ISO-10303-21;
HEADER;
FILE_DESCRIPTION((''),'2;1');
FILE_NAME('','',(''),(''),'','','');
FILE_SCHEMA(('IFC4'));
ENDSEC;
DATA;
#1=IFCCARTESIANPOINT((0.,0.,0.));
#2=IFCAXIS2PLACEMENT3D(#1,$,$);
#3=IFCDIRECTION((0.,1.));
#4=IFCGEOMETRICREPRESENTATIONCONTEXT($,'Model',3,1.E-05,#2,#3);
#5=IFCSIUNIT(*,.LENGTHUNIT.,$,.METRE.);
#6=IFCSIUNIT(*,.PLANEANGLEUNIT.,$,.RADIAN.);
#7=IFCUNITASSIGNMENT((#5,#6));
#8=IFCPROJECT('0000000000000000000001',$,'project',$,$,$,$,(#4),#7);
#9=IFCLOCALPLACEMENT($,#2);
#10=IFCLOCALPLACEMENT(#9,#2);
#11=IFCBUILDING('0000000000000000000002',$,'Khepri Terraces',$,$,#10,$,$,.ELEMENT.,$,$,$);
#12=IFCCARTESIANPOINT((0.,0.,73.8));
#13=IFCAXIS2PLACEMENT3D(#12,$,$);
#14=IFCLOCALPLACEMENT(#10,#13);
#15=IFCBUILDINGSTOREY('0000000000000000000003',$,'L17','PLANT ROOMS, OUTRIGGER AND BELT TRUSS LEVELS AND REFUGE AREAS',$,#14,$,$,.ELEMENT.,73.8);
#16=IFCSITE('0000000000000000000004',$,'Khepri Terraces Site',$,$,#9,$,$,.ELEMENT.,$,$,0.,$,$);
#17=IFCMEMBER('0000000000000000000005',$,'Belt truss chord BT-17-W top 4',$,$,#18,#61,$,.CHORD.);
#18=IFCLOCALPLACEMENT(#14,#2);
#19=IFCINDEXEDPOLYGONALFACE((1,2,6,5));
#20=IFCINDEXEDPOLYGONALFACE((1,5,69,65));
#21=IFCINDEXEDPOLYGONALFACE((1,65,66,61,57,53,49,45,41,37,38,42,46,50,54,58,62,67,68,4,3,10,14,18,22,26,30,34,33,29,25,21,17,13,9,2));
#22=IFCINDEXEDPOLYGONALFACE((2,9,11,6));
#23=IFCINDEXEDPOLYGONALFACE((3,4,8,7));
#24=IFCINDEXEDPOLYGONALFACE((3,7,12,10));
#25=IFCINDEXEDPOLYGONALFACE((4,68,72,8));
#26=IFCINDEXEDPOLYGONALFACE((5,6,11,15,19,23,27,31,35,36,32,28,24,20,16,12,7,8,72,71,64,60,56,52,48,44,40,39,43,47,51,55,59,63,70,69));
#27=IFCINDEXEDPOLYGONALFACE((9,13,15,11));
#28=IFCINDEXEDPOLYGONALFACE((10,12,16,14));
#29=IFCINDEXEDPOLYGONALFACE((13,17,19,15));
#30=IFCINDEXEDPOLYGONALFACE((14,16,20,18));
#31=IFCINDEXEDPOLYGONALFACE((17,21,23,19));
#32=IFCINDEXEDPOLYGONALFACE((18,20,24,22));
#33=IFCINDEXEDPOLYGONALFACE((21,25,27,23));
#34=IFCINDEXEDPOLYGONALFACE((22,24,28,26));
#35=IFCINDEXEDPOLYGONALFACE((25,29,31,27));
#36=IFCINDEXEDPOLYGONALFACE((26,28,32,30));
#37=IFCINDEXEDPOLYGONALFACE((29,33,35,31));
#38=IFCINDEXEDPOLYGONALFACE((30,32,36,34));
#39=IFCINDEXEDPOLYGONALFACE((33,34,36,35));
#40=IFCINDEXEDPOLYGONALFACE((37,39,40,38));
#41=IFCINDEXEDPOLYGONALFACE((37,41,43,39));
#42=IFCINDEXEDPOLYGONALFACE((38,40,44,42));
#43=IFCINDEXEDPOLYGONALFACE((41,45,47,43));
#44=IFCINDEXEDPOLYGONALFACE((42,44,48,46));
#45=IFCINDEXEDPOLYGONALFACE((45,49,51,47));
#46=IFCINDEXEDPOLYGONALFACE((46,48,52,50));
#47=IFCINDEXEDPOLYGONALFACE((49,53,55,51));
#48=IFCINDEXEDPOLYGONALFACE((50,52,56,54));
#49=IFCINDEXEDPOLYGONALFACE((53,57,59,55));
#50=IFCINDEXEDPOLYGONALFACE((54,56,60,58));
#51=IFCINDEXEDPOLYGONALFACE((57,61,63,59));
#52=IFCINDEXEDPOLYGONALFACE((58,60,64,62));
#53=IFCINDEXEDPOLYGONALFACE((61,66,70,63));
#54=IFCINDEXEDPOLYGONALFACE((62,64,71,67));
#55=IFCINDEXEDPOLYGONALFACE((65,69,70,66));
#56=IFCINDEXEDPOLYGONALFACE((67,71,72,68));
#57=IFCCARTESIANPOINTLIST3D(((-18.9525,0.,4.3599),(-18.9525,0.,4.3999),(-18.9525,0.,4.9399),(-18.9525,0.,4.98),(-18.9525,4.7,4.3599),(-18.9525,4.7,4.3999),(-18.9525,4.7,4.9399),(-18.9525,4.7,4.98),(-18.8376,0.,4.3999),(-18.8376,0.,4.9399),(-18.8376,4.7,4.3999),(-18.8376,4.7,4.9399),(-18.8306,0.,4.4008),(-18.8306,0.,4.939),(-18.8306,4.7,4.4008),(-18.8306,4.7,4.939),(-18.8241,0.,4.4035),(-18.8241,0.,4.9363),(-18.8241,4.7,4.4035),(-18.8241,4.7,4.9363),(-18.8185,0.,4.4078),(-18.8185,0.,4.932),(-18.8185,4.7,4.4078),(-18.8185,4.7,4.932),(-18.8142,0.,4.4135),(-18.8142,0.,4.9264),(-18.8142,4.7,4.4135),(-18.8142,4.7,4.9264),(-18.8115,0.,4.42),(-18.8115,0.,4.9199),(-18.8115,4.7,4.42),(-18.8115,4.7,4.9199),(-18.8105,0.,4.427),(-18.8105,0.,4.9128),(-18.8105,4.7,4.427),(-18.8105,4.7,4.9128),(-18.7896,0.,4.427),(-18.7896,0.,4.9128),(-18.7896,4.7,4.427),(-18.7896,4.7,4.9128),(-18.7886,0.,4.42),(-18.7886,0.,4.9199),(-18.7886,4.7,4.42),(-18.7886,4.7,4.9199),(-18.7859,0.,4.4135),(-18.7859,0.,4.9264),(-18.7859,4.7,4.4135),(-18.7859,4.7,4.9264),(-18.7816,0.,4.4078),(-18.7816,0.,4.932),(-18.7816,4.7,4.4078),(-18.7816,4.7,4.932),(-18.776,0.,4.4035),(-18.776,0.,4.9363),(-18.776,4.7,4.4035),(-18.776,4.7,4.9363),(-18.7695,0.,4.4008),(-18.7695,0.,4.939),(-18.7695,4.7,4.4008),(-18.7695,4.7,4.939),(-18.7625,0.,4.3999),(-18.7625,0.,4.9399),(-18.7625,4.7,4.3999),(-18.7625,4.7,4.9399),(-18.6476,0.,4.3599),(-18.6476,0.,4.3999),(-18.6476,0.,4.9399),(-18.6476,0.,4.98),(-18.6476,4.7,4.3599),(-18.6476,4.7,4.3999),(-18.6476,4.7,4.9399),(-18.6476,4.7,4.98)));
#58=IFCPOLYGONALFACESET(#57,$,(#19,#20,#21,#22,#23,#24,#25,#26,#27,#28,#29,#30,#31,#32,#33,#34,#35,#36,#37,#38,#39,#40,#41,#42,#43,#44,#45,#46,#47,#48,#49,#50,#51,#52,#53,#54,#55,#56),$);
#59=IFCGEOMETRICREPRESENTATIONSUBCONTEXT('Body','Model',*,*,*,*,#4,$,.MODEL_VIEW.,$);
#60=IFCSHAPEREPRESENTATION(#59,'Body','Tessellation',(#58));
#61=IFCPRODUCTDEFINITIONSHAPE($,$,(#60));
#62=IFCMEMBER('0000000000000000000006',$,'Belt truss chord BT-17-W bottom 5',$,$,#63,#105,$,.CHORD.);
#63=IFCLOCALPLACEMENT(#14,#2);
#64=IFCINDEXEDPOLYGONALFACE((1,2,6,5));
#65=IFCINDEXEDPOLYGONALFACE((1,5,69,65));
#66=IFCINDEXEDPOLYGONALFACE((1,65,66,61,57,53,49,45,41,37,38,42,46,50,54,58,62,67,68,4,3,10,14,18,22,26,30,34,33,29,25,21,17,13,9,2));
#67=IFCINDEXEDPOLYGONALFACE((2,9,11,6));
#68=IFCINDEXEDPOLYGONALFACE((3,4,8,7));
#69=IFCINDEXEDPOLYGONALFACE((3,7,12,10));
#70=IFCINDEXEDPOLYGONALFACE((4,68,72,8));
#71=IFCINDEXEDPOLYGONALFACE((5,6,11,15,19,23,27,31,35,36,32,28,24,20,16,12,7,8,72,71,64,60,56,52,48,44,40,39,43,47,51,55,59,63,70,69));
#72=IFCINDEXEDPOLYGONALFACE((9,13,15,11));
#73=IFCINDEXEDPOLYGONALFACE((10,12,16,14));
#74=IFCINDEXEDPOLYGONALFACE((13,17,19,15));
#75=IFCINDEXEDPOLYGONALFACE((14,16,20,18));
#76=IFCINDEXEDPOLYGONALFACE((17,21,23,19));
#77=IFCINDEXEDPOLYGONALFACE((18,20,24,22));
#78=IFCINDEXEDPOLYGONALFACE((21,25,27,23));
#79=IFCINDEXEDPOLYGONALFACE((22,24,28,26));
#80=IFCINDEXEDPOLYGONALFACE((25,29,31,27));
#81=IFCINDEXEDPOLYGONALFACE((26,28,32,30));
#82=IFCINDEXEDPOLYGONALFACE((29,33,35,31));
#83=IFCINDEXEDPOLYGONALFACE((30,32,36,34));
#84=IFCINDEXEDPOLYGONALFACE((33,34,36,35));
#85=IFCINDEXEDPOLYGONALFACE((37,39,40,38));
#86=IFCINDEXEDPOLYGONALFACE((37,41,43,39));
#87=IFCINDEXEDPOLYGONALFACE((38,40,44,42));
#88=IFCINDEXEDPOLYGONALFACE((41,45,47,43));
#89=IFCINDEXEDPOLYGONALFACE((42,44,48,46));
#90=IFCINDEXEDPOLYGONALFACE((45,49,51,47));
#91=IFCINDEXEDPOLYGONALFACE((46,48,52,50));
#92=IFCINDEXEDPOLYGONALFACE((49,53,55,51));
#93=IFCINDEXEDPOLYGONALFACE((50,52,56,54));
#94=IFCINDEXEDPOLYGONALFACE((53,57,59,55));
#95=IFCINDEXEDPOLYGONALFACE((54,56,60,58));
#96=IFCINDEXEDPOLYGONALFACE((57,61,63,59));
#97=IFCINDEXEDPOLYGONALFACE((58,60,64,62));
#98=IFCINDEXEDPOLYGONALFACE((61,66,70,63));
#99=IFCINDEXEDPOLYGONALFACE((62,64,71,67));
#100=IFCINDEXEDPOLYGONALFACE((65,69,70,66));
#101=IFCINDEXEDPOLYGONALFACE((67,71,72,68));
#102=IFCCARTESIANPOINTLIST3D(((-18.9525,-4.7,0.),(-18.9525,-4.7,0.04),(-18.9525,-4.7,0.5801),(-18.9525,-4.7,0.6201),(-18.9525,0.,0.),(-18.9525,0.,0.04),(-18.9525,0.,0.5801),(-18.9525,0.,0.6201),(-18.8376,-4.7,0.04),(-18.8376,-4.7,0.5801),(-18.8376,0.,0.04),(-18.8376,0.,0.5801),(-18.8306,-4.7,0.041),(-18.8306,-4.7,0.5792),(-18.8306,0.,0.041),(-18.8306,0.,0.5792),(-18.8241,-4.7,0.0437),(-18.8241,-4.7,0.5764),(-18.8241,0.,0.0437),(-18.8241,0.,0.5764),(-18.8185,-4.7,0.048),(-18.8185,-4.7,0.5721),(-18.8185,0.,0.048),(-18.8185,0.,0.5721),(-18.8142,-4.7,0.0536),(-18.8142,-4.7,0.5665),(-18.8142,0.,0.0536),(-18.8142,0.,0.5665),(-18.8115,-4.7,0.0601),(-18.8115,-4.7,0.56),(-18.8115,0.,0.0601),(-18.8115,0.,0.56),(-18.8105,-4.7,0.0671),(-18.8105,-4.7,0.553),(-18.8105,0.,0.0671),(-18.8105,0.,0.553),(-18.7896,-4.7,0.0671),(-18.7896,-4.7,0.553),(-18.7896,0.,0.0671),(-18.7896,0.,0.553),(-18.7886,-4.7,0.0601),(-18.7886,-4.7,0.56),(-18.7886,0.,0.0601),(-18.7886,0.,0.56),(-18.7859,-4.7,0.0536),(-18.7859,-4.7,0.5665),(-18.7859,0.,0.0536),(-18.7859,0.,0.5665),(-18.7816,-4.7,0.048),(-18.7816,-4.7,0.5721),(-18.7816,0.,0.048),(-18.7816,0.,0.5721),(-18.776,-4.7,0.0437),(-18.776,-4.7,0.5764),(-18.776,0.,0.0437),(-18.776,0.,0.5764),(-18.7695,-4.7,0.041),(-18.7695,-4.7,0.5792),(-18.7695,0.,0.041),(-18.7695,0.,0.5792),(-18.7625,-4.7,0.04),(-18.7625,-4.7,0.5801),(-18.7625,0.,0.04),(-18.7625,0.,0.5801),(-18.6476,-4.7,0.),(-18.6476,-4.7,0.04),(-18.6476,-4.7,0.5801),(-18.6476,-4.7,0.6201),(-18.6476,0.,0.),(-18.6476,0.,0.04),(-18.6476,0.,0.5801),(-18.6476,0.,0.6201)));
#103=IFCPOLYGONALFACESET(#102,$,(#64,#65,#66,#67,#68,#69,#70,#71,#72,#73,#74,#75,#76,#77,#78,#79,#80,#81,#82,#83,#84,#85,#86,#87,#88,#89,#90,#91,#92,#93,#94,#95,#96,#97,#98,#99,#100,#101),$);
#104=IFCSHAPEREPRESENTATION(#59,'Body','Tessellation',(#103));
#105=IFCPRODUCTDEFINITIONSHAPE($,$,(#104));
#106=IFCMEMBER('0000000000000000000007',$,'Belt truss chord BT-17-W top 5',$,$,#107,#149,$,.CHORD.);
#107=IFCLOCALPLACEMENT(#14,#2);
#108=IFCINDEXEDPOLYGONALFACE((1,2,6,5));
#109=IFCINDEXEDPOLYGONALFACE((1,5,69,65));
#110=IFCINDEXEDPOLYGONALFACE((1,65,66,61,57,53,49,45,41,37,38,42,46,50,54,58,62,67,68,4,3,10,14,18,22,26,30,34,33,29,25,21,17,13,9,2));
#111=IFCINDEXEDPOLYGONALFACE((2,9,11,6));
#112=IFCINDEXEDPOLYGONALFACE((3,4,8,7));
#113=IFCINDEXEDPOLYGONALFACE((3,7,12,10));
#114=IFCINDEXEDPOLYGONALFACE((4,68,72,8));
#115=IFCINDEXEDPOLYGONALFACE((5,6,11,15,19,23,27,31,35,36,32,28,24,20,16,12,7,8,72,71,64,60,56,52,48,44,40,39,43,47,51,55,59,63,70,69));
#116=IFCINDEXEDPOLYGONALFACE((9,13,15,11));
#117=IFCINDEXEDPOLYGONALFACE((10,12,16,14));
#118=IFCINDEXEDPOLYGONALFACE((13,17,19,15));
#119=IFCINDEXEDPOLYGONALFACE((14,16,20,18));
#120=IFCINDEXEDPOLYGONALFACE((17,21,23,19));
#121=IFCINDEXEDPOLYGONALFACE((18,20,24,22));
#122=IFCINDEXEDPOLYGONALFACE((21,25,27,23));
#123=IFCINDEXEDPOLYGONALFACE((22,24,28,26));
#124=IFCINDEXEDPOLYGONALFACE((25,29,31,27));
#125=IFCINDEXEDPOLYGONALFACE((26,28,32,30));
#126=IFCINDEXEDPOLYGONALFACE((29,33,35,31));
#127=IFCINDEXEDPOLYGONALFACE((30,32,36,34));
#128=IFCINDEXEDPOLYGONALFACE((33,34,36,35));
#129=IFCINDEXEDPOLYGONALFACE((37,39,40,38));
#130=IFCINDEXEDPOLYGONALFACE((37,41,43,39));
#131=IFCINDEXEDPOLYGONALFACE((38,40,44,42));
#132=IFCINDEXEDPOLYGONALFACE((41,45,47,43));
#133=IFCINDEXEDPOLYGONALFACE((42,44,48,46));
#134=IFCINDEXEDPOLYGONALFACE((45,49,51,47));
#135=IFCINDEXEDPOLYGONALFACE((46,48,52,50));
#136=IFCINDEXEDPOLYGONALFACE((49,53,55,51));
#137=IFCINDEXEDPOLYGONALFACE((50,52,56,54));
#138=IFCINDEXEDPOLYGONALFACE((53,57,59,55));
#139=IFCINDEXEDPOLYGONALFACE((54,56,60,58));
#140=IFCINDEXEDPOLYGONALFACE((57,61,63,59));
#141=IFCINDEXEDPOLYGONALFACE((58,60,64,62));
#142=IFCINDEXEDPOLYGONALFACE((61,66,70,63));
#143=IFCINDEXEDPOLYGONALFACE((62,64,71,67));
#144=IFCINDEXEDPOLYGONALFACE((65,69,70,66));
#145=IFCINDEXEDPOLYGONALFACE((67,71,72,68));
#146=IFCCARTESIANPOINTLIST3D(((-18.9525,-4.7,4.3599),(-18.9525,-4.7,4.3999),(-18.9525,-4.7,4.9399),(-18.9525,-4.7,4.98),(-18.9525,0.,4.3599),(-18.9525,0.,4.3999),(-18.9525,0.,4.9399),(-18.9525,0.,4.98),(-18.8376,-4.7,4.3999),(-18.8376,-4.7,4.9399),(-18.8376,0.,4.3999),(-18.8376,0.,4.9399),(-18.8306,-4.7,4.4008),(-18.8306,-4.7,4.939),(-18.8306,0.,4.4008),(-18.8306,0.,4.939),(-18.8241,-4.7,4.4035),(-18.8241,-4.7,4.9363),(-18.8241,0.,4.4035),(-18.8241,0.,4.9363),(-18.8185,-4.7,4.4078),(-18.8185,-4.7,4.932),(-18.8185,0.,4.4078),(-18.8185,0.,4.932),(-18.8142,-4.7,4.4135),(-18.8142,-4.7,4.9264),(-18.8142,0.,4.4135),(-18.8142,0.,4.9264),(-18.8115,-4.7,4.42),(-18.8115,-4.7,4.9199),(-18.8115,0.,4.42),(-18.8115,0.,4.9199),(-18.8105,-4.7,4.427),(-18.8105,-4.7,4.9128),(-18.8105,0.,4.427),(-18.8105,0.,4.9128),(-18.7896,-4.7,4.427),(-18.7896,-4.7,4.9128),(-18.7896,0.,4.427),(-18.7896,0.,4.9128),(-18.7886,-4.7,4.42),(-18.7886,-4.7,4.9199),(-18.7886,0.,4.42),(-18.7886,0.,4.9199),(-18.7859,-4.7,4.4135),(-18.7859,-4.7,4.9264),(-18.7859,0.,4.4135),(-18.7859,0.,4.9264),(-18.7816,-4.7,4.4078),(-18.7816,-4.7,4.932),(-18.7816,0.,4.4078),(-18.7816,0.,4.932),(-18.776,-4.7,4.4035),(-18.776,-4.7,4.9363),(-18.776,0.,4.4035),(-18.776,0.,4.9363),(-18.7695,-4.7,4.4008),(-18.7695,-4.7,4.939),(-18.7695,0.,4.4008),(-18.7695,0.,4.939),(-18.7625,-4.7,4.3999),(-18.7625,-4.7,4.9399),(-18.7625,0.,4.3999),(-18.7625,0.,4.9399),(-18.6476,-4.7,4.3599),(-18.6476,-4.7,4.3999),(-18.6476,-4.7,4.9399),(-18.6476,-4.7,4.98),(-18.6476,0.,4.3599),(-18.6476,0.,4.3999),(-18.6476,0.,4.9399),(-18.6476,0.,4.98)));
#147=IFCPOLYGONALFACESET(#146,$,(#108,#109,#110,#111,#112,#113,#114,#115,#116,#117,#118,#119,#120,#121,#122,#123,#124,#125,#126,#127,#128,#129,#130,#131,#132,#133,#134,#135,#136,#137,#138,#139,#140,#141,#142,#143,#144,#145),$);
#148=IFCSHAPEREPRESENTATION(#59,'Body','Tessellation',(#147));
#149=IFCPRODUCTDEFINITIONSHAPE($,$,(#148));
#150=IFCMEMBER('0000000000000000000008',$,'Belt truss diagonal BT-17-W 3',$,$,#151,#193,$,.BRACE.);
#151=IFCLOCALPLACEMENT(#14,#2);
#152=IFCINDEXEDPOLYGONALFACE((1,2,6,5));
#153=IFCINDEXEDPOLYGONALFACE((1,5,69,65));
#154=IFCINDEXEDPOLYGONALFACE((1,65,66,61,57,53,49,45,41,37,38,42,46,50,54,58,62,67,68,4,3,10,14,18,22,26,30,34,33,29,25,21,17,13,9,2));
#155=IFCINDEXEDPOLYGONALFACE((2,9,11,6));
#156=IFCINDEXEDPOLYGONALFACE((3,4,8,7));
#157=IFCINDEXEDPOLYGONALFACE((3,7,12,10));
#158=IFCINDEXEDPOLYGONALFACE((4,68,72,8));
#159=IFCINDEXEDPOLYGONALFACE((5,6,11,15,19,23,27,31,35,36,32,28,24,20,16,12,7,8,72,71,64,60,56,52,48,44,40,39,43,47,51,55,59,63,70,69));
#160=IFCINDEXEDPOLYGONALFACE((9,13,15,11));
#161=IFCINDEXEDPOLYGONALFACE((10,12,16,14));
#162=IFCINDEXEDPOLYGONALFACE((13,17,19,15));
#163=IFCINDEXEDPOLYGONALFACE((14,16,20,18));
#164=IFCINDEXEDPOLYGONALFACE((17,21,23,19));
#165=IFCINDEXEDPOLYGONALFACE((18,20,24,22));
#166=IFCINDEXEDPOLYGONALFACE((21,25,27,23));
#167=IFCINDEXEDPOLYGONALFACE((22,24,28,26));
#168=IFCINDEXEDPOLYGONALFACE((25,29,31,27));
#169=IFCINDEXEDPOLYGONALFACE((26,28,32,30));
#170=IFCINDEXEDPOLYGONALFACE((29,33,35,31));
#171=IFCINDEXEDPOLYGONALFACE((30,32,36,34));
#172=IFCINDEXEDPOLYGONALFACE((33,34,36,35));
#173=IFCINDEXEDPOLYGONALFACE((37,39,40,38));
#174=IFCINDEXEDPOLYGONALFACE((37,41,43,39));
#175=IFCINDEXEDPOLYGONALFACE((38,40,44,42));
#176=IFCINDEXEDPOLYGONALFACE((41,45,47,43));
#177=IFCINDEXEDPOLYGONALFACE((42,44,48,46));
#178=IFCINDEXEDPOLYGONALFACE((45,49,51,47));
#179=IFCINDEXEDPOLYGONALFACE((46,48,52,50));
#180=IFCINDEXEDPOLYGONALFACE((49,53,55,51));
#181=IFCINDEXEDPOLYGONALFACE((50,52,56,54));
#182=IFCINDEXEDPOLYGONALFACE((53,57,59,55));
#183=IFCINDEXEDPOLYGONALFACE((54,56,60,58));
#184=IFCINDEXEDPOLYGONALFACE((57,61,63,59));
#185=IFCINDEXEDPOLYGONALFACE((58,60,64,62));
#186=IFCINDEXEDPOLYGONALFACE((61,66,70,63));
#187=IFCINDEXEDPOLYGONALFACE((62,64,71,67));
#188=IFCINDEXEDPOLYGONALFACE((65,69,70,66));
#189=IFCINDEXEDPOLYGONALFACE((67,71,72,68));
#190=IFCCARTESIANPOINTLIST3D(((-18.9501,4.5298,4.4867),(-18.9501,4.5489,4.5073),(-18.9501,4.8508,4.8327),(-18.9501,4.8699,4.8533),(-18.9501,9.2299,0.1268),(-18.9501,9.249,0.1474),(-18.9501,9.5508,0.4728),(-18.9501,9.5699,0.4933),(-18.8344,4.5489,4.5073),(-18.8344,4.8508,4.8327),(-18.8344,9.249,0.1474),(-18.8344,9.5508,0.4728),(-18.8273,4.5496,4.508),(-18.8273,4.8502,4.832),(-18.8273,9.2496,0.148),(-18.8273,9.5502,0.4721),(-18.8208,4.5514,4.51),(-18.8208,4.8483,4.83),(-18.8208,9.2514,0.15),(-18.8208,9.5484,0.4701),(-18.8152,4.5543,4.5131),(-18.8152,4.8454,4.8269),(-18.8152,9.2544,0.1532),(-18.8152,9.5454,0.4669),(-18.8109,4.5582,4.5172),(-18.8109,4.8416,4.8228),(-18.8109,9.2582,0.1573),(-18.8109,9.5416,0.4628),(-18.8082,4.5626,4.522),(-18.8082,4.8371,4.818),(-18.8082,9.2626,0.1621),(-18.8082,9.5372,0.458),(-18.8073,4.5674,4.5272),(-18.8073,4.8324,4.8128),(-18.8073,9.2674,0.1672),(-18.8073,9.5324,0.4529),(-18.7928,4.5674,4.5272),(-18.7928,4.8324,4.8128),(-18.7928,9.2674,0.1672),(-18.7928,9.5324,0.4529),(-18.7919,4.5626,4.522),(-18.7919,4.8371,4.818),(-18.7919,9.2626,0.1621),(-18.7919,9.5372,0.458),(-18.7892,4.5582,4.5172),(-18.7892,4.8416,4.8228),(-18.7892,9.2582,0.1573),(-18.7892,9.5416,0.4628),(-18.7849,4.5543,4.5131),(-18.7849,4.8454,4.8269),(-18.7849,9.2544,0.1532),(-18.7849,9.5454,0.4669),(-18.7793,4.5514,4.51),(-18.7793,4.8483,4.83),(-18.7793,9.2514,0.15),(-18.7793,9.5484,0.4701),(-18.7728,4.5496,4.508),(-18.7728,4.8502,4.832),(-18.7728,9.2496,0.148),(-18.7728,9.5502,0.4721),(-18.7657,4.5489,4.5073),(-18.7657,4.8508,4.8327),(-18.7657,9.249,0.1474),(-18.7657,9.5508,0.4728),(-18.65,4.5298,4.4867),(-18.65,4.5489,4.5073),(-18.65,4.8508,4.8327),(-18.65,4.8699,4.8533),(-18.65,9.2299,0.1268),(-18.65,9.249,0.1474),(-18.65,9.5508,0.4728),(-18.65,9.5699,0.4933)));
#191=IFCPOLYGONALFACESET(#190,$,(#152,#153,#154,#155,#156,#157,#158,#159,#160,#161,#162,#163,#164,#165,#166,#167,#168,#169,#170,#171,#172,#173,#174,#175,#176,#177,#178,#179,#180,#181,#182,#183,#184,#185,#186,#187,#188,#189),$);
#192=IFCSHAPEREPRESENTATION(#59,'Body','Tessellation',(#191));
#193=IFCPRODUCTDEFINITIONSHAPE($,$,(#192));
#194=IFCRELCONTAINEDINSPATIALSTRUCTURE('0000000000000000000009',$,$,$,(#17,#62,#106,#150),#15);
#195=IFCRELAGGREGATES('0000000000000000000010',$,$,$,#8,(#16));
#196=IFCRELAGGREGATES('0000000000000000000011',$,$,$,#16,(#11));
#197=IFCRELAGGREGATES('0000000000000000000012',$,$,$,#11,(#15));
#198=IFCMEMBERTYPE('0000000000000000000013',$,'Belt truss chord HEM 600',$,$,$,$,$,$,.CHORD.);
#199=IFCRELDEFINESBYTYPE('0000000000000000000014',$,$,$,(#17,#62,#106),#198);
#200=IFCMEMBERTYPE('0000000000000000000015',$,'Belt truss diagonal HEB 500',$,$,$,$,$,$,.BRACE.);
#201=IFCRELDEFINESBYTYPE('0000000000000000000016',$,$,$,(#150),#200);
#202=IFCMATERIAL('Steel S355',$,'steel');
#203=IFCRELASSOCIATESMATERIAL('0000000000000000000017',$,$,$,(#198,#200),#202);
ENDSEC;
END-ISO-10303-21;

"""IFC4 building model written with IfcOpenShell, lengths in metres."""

from ifc_helpers import new_model, si_unit, direction, frame, origin, origin_2d, place, context, subcontext, project, spatial, i_section, extrude, material, material_profile, profile_set, type_object, element, save


model = new_model("IFC4")

# Units and contexts
model_context = context("Model", 3, precision=1e-05, world=origin(), true_north=direction((0.0, 1.0)))
body_context = subcontext(model_context, "Body", "Model", "MODEL_VIEW")
ifc_project = project(units=[si_unit("LENGTHUNIT", "METRE"), si_unit("PLANEANGLEUNIT", "RADIAN")], contexts=[model_context])

# Site, building, storey
site_placement = place(None, origin())
site = spatial("IfcSite", under=ifc_project, at=site_placement, Name="Khepri Terraces Site", CompositionType="ELEMENT", RefElevation=0.0)
building_placement = place(site_placement, origin())
building = spatial("IfcBuilding", under=site, at=building_placement, Name="Khepri Terraces", CompositionType="ELEMENT")
storey_placement = place(building_placement, frame((0.0, 0.0, 73.8)))
storey = spatial("IfcBuildingStorey", under=building, at=storey_placement, Name="L17", Description="PLANT ROOMS, OUTRIGGER AND BELT TRUSS LEVELS AND REFUGE AREAS", CompositionType="ELEMENT", Elevation=73.8)

# Members
ifc_material_1 = material(Name="Steel S355", Category="steel")
ifc_material_profile_1 = material_profile(ifc_material_1, i_section(OverallWidth=0.3049, OverallDepth=0.6201, WebThickness=0.021, FlangeThickness=0.04, FilletRadius=0.0271, at=origin_2d()), Name="Steel S355", Category="steel")
ifc_profile_set_1 = profile_set([ifc_material_profile_1], Name="Steel S355")
member_type_1 = type_object("IfcMemberType", Name="Belt truss chord HEM 600", PredefinedType="CHORD", material=ifc_profile_set_1)
for number, where, z_axis, x_axis, name in (
    (1, (-18.8, 4.7, 4.6699), (0.0, -1.0, 0.0), (1.0, 0.0, 0.0), "Belt truss chord BT-17-W top 4"),
    (2, (-18.8, 0.0, 0.3101), (0.0, -1.0, 0.0), (1.0, 0.0, 0.0), "Belt truss chord BT-17-W bottom 5"),
    (3, (-18.8, 0.0, 4.6699), (0.0, -1.0, 0.0), (1.0, 0.0, 0.0), "Belt truss chord BT-17-W top 5"),
):
    element("IfcMember", number, at=place(storey_placement, frame(where, z_axis=z_axis, x_axis=x_axis)), inside=storey, type_object=member_type_1, Name=name, PredefinedType="CHORD", context=body_context, shape_type="SweptSolid", body=[
        extrude(i_section(OverallWidth=0.3049, OverallDepth=0.6201, WebThickness=0.021, FlangeThickness=0.04, FilletRadius=0.0271, at=origin_2d()), origin(), (0.0, 0.0, 1.0), 4.7),
    ])
ifc_material_profile_2 = material_profile(ifc_material_1, i_section(OverallWidth=0.3, OverallDepth=0.5, WebThickness=0.0144, FlangeThickness=0.0281, FilletRadius=0.0271, at=origin_2d()), Name="Steel S355", Category="steel")
ifc_profile_set_2 = profile_set([ifc_material_profile_2], Name="Steel S355")
member_type_2 = type_object("IfcMemberType", Name="Belt truss diagonal HEB 500", PredefinedType="BRACE", material=ifc_profile_set_2)
for number, where, z_axis, x_axis, name in (
    (4, (-18.8, 9.3999, 0.3101), (0.0, -0.733134, 0.680084), (1.0, 0.0, 0.0), "Belt truss diagonal BT-17-W 3"),
):
    element("IfcMember", number, at=place(storey_placement, frame(where, z_axis=z_axis, x_axis=x_axis)), inside=storey, type_object=member_type_2, Name=name, PredefinedType="BRACE", context=body_context, shape_type="SweptSolid", body=[
        extrude(i_section(OverallWidth=0.3, OverallDepth=0.5, WebThickness=0.0144, FlangeThickness=0.0281, FilletRadius=0.0271, at=origin_2d()), origin(), (0.0, 0.0, 1.0), 6.4109),
    ])

save(model, "model.ifc")
